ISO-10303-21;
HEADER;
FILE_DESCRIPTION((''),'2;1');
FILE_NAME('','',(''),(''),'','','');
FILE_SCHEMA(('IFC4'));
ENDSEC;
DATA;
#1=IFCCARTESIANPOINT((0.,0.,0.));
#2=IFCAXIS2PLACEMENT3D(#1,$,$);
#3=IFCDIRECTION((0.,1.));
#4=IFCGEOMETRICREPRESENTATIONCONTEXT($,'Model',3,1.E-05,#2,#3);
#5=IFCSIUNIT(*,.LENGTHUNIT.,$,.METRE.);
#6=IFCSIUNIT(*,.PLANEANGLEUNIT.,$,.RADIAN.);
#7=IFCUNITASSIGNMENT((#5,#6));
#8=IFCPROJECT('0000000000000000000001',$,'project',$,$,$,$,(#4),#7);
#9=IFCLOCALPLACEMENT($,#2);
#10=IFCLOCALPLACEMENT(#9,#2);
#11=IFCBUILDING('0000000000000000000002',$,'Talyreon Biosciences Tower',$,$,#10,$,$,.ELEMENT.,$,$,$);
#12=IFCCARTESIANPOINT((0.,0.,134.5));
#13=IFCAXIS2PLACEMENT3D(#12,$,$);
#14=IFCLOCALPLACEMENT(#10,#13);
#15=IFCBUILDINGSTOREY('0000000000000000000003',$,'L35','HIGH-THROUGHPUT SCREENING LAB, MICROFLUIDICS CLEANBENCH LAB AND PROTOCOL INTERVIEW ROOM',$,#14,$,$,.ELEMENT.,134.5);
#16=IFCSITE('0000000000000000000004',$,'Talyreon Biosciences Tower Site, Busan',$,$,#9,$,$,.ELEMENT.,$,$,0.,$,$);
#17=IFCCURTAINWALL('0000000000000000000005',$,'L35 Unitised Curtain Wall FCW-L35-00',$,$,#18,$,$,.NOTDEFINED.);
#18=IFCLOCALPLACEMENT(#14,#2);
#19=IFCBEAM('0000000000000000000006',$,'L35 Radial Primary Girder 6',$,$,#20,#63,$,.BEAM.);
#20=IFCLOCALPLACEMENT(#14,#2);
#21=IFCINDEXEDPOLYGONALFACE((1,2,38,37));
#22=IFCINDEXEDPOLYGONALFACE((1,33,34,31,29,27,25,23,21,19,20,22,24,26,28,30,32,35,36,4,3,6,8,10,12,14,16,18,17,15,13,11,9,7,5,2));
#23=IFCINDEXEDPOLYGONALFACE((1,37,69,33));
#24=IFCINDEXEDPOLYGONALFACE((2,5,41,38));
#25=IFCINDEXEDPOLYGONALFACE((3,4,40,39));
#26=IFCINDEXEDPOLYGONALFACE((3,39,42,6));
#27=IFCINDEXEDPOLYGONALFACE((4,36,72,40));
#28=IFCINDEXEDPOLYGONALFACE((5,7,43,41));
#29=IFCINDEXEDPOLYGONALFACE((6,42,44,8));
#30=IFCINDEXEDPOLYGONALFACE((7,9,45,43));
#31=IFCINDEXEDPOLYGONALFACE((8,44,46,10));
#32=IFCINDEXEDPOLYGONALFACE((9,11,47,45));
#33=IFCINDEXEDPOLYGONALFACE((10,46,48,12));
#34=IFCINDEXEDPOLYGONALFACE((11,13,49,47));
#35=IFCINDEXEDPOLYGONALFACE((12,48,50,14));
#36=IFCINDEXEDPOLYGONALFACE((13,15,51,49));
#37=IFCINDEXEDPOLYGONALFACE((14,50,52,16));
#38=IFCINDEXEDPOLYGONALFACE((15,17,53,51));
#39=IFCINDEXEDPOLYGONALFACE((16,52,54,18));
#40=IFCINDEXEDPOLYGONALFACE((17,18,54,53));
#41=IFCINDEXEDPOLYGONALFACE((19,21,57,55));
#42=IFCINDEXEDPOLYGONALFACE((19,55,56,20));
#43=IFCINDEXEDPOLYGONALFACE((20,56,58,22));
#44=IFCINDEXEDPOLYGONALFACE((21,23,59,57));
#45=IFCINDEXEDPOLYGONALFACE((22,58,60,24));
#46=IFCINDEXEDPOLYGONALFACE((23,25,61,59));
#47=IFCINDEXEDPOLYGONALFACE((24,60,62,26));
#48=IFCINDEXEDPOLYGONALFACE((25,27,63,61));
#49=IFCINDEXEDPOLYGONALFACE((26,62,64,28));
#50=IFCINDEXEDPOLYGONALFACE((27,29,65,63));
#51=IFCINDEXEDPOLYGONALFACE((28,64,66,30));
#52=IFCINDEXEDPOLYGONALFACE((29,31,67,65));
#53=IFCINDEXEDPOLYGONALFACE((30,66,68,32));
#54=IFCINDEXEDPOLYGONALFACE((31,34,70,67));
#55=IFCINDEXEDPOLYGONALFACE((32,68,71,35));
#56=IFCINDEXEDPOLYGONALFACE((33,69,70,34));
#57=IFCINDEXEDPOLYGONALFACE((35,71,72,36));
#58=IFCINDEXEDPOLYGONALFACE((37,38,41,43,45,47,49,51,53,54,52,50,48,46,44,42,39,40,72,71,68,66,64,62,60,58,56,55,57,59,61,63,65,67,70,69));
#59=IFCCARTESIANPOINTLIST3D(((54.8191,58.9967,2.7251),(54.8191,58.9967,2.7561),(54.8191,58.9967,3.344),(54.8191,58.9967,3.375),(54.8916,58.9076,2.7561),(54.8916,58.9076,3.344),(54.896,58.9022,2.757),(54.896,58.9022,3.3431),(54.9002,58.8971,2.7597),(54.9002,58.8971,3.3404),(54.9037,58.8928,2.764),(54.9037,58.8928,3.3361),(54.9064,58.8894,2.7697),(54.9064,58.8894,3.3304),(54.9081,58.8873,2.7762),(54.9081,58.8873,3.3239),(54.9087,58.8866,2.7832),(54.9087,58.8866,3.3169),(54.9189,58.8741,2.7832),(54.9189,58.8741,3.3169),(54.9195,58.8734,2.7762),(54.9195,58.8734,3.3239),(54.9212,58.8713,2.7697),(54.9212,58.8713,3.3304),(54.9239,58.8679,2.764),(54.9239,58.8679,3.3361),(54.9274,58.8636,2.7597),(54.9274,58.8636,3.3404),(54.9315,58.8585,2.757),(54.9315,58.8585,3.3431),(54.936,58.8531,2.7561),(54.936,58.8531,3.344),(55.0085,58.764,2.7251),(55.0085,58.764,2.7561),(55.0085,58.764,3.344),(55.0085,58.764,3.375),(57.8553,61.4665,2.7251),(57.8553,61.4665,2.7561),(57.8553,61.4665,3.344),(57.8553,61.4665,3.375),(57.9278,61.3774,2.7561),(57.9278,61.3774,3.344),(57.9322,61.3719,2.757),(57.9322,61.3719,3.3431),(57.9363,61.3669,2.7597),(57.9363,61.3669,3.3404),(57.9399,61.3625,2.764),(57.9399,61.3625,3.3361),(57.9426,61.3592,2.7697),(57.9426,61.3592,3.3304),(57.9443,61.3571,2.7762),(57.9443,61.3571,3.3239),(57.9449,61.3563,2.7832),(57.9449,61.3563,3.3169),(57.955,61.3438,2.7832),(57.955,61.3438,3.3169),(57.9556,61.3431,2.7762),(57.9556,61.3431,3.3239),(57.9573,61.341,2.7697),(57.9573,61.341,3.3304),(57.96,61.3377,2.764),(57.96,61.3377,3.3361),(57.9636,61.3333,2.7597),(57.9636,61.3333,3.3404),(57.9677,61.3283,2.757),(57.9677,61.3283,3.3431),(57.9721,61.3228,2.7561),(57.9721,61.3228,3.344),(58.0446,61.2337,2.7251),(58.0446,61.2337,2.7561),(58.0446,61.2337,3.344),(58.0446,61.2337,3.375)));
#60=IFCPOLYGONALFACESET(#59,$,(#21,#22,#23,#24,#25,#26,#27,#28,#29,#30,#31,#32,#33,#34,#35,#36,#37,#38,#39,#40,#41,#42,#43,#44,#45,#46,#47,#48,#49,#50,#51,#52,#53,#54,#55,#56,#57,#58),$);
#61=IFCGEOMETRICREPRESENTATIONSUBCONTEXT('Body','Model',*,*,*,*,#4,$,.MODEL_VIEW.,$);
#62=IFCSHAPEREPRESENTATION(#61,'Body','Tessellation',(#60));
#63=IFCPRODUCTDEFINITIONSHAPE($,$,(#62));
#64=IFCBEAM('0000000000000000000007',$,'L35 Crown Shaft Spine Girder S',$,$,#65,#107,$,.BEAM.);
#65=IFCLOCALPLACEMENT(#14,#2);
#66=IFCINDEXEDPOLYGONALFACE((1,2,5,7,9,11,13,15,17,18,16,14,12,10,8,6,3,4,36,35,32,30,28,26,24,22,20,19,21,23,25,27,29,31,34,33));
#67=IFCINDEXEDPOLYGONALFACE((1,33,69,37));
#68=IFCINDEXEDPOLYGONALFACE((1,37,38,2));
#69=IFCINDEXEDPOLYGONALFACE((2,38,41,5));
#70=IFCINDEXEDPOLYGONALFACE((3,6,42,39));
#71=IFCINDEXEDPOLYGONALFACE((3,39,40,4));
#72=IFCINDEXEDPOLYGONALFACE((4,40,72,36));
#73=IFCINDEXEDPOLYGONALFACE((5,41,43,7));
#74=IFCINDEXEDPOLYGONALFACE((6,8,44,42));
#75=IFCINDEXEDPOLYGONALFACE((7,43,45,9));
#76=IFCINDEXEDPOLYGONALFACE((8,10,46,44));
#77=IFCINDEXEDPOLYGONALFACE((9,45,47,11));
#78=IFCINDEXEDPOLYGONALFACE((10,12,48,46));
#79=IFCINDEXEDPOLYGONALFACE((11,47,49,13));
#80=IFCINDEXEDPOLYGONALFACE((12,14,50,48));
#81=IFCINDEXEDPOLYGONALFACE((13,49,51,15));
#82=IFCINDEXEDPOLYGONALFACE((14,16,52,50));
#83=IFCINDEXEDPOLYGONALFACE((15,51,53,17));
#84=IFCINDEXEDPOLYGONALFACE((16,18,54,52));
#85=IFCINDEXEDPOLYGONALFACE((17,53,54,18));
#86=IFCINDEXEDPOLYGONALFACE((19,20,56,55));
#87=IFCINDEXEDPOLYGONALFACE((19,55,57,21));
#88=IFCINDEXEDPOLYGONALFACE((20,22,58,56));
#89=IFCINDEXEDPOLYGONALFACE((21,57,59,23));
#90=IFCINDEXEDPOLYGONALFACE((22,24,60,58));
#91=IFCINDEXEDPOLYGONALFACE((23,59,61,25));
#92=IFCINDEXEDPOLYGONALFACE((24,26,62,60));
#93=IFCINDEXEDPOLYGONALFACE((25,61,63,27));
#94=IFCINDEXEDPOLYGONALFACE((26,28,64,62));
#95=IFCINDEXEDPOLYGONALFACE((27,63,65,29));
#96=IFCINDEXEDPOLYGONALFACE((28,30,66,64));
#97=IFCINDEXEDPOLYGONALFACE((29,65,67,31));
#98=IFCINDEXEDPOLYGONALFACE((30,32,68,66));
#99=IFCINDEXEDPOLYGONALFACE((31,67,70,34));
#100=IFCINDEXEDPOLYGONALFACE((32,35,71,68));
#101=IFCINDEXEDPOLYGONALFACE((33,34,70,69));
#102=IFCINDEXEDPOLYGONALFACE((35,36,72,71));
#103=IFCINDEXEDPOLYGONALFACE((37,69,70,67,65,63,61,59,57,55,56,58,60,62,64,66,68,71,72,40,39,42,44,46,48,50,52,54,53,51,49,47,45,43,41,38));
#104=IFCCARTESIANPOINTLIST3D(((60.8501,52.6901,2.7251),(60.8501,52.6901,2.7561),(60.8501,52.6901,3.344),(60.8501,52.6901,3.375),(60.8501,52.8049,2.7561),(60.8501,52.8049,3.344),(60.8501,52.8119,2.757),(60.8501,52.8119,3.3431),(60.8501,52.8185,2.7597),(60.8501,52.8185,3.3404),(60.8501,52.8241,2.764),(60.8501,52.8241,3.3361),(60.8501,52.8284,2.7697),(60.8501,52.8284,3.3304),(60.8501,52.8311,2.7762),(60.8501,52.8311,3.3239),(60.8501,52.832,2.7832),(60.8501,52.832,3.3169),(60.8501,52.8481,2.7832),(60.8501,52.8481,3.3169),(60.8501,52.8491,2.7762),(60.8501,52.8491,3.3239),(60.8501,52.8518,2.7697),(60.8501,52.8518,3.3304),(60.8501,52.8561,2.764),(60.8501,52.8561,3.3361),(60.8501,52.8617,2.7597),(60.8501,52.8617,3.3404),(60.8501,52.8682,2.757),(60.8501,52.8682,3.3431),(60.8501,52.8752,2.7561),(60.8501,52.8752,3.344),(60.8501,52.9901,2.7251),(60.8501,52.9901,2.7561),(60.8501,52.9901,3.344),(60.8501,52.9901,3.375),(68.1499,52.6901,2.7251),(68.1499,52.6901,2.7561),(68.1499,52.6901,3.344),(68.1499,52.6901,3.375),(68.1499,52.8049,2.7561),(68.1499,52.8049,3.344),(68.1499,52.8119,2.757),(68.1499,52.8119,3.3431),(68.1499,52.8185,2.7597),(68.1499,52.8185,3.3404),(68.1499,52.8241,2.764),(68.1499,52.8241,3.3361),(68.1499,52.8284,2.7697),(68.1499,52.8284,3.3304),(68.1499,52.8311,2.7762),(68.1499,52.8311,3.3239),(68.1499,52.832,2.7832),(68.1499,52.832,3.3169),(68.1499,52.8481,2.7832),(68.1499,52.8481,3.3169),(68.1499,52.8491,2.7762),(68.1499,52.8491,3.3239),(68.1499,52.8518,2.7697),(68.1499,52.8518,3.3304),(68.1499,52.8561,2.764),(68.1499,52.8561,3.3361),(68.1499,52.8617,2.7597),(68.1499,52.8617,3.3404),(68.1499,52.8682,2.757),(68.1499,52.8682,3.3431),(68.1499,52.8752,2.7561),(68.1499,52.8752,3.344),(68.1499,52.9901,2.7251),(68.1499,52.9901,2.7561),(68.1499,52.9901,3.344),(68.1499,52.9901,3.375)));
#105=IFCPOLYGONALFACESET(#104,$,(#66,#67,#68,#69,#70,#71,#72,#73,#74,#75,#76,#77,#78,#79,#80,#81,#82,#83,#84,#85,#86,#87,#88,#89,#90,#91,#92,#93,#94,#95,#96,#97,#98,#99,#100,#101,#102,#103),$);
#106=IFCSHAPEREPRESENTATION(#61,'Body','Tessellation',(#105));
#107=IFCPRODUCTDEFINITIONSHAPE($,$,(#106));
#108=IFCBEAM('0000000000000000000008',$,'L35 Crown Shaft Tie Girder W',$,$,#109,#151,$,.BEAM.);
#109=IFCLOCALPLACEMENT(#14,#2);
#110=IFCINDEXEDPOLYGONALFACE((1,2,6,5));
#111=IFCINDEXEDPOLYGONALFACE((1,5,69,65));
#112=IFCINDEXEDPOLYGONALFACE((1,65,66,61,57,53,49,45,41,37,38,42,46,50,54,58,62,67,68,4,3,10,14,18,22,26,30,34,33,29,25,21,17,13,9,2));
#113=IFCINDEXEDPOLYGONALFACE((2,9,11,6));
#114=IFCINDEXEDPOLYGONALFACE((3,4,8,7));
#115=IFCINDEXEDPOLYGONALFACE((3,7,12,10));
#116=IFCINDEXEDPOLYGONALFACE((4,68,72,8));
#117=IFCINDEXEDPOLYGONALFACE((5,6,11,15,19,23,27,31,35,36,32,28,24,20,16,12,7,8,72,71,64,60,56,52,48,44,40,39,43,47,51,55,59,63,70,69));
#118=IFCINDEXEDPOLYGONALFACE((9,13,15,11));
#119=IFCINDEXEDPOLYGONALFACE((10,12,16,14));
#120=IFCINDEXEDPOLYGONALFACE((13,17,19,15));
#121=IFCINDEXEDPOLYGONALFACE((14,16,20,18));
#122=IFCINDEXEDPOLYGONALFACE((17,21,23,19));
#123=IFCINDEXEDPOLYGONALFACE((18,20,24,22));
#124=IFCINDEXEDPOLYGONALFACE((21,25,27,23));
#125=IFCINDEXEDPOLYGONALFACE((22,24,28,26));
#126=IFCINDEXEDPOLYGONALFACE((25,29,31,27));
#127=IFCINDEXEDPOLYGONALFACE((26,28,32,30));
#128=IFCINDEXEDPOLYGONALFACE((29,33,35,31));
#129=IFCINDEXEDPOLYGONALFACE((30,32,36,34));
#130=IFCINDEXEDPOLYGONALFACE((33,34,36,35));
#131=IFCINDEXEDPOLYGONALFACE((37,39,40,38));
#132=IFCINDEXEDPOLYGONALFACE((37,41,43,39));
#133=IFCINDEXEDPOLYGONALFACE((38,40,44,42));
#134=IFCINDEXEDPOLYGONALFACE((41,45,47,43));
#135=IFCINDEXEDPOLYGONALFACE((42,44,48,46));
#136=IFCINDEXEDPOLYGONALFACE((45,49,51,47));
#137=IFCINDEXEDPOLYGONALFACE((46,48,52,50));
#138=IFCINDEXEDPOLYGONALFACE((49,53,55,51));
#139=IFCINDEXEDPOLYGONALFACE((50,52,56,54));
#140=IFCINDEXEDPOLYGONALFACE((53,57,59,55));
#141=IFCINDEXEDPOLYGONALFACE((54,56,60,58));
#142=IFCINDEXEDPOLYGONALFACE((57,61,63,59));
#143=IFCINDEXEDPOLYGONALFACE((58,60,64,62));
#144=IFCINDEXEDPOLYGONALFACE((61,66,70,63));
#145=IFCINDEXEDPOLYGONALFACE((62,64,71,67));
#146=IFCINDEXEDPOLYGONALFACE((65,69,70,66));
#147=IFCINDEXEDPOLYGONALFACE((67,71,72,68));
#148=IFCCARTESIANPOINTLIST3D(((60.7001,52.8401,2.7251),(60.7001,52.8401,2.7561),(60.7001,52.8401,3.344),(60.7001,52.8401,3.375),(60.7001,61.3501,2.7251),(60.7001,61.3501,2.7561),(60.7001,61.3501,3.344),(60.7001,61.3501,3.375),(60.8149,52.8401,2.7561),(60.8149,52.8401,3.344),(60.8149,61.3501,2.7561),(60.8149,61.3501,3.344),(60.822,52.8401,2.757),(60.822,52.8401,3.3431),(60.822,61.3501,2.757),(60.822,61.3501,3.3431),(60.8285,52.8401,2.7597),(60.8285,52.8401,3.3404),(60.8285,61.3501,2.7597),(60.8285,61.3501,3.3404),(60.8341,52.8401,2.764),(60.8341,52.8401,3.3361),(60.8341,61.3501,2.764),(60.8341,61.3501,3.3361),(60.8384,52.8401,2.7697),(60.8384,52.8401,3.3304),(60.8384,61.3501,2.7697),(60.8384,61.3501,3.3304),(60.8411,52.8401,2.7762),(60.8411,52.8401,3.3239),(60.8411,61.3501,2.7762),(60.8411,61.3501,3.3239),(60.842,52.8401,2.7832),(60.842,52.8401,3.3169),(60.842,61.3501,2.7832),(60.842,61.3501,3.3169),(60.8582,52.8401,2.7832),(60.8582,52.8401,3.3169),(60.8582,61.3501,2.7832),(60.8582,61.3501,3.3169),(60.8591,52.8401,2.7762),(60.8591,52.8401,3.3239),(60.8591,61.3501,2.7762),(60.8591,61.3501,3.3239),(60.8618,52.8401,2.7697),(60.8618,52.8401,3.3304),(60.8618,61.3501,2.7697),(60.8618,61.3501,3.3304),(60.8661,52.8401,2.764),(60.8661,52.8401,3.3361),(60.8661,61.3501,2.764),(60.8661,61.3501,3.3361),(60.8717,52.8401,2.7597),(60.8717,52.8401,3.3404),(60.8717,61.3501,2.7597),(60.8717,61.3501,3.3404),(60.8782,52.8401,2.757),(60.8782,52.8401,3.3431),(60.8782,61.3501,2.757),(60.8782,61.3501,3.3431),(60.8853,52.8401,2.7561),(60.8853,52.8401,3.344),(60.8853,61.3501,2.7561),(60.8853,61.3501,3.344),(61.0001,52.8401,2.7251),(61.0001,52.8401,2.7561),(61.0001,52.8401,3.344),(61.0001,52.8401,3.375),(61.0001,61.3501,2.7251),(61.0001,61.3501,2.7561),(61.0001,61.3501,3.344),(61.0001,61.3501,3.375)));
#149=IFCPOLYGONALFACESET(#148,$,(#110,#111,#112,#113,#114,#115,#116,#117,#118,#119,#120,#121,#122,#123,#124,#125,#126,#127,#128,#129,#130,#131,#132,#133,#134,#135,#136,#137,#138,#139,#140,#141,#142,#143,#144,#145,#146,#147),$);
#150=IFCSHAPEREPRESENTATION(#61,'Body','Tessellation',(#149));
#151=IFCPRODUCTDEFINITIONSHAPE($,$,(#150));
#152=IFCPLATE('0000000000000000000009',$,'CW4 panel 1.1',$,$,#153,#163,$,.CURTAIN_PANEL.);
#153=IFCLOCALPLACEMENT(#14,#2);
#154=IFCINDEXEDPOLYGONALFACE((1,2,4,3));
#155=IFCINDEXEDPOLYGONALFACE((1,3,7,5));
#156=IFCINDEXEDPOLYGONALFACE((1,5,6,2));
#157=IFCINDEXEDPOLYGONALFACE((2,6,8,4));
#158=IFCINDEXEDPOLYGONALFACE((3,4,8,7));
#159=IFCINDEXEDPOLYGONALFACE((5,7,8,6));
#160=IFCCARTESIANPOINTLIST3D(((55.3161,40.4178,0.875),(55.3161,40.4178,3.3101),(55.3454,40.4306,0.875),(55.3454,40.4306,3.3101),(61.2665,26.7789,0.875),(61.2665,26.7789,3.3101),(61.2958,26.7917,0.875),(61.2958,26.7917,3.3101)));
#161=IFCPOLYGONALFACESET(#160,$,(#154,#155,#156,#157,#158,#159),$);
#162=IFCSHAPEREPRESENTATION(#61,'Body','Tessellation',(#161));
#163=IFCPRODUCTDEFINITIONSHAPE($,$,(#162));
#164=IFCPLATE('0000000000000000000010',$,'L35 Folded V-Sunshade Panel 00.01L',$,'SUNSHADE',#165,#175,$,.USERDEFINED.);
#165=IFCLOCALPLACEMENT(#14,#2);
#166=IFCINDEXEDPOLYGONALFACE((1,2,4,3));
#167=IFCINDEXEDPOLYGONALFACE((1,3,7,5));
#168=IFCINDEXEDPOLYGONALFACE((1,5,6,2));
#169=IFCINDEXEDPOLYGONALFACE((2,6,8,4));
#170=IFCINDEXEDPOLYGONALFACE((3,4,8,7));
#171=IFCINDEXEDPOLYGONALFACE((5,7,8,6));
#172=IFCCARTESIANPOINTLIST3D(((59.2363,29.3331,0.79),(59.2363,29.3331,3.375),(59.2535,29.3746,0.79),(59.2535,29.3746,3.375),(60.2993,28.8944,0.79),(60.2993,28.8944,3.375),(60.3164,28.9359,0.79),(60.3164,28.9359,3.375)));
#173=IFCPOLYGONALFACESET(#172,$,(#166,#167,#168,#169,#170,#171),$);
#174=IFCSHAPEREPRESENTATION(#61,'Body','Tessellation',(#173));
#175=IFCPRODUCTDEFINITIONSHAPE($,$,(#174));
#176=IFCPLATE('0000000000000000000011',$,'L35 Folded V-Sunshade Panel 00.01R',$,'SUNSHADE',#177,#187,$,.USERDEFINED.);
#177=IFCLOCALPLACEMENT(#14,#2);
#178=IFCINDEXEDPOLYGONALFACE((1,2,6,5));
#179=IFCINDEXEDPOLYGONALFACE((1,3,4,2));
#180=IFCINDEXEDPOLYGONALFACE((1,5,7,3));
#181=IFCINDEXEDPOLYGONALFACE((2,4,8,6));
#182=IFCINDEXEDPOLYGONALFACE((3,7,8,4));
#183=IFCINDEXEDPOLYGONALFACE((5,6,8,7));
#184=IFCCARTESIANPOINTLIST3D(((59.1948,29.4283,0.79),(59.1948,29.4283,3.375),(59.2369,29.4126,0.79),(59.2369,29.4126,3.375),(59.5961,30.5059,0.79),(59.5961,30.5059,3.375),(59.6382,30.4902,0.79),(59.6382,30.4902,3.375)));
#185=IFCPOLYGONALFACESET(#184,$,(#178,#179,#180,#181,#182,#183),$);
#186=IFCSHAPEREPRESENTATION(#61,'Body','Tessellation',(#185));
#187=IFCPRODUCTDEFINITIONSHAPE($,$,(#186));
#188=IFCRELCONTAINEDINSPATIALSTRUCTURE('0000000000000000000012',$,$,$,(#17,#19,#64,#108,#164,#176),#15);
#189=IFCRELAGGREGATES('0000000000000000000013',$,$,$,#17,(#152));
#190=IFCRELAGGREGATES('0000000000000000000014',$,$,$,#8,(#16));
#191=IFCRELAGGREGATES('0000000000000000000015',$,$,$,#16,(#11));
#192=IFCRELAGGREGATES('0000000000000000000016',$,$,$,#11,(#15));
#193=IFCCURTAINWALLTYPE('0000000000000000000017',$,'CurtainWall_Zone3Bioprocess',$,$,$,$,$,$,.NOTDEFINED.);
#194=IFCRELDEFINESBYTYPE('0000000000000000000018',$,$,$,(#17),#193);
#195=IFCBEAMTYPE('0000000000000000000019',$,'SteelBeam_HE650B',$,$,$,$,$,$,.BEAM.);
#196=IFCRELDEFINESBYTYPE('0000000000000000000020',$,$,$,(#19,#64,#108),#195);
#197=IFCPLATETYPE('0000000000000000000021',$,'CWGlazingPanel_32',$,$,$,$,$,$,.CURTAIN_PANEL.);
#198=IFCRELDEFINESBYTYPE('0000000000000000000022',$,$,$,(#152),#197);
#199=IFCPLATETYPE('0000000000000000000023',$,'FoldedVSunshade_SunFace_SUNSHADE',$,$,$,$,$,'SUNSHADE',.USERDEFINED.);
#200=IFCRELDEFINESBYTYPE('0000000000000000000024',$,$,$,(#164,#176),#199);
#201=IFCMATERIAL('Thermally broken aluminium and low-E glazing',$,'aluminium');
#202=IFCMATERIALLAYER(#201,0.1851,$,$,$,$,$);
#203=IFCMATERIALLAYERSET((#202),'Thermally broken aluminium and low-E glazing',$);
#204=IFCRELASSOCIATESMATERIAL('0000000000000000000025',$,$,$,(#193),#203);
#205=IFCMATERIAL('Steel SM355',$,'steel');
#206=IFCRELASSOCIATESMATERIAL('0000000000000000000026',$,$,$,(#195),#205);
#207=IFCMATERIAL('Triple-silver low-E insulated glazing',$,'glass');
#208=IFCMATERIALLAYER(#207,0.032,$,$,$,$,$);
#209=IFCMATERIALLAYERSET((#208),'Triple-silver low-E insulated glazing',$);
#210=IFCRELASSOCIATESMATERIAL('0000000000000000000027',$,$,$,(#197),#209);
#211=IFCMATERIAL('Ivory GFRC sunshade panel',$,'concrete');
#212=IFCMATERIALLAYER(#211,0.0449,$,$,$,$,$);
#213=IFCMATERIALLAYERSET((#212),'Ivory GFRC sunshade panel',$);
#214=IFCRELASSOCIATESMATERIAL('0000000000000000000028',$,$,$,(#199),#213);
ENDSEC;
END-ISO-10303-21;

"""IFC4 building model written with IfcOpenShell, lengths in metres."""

from ifc_helpers import new_model, si_unit, direction, frame, origin, origin_2d, place, context, subcontext, project, spatial, rectangle, i_section, extrude, material, layer, layer_set, material_profile, profile_set, type_object, element, aggregate, save


model = new_model("IFC4")

# Units and contexts
model_context = context("Model", 3, precision=1e-05, world=origin(), true_north=direction((0.0, 1.0)))
body_context = subcontext(model_context, "Body", "Model", "MODEL_VIEW")
ifc_project = project(units=[si_unit("LENGTHUNIT", "METRE"), si_unit("PLANEANGLEUNIT", "RADIAN")], contexts=[model_context])

# Site, building, storey
site_placement = place(None, origin())
site = spatial("IfcSite", under=ifc_project, at=site_placement, Name="Talyreon Biosciences Tower Site, Busan", CompositionType="ELEMENT", RefElevation=0.0)
building_placement = place(site_placement, origin())
building = spatial("IfcBuilding", under=site, at=building_placement, Name="Talyreon Biosciences Tower", CompositionType="ELEMENT")
storey_placement = place(building_placement, frame((0.0, 0.0, 134.5)))
storey = spatial("IfcBuildingStorey", under=building, at=storey_placement, Name="L35", Description="HIGH-THROUGHPUT SCREENING LAB, MICROFLUIDICS CLEANBENCH LAB AND PROTOCOL INTERVIEW ROOM", CompositionType="ELEMENT", Elevation=134.5)

# Curtain wall
ifc_material_1 = material(Name="Thermally broken aluminium and low-E glazing", Category="aluminium")
ifc_layer_1 = layer(ifc_material_1, 0.1851)
ifc_layer_set_1 = layer_set([ifc_layer_1], Name="Thermally broken aluminium and low-E glazing")
curtain_wall_type = type_object("IfcCurtainWallType", Name="CurtainWall_Zone3Bioprocess", PredefinedType="NOTDEFINED", material=ifc_layer_set_1)
curtain_wall_placement = place(storey_placement, origin())
curtain_wall = element("IfcCurtainWall", 1, at=curtain_wall_placement, inside=storey, type_object=curtain_wall_type, Name="L35 Unitised Curtain Wall FCW-L35-00", PredefinedType="NOTDEFINED")

# Beams
ifc_material_2 = material(Name="Steel SM355", Category="steel")
ifc_material_profile_1 = material_profile(ifc_material_2, i_section(OverallWidth=0.3, OverallDepth=0.6499, WebThickness=0.0161, FlangeThickness=0.031, FilletRadius=0.0271, at=origin_2d()), Name="HE650B")
ifc_profile_set_1 = profile_set([ifc_material_profile_1], Name="Steel SM355")
beam_type_1 = type_object("IfcBeamType", Name="SteelBeam_HE650B", PredefinedType="BEAM", material=ifc_profile_set_1)
beam_1_placement = place(storey_placement, frame((57.95, 61.3501, 3.05), z_axis=(-0.775755, -0.631034, 0.0), x_axis=(0.631034, -0.775755, 0.0)))
element("IfcBeam", 2, at=beam_1_placement, inside=storey, type_object=beam_type_1, Name="L35 Radial Primary Girder 6", PredefinedType="BEAM", context=body_context, shape_type="SweptSolid", body=[
    extrude(i_section(OverallWidth=0.3, OverallDepth=0.6499, WebThickness=0.0161, FlangeThickness=0.031, FilletRadius=0.0271, at=origin_2d()), origin(), (0.0, 0.0, 1.0), 3.9138),
])
beam_2_placement = place(storey_placement, frame((60.8501, 52.8401, 3.05), z_axis=(1.0, 0.0, 0.0), x_axis=(0.0, 1.0, 0.0)))
element("IfcBeam", 3, at=beam_2_placement, inside=storey, type_object=beam_type_1, Name="L35 Crown Shaft Spine Girder S", PredefinedType="BEAM", context=body_context, shape_type="SweptSolid", body=[
    extrude(i_section(OverallWidth=0.3, OverallDepth=0.6499, WebThickness=0.0161, FlangeThickness=0.031, FilletRadius=0.0271, at=origin_2d()), origin(), (0.0, 0.0, 1.0), 7.2998),
])
beam_3_placement = place(storey_placement, frame((60.8501, 52.8401, 3.05), z_axis=(0.0, 1.0, 0.0), x_axis=(-1.0, 0.0, 0.0)))
element("IfcBeam", 4, at=beam_3_placement, inside=storey, type_object=beam_type_1, Name="L35 Crown Shaft Tie Girder W", PredefinedType="BEAM", context=body_context, shape_type="SweptSolid", body=[
    extrude(i_section(OverallWidth=0.3, OverallDepth=0.6499, WebThickness=0.0161, FlangeThickness=0.031, FilletRadius=0.0271, at=origin_2d()), origin(), (0.0, 0.0, 1.0), 8.51),
])

# Plate
ifc_material_3 = material(Name="Triple-silver low-E insulated glazing", Category="glass")
ifc_layer_2 = layer(ifc_material_3, 0.032)
ifc_layer_set_2 = layer_set([ifc_layer_2], Name="Triple-silver low-E insulated glazing")
plate_type_1 = type_object("IfcPlateType", Name="CWGlazingPanel_32", PredefinedType="CURTAIN_PANEL", material=ifc_layer_set_2)
plate_placement = place(storey_placement, frame((58.3059, 33.6047, 0.875), z_axis=(0.0, 0.0, 1.0), x_axis=(-0.399882, 0.916566, 0.0)))
plate = element("IfcPlate", 5, at=plate_placement, type_object=plate_type_1, Name="CW4 panel 1.1", PredefinedType="CURTAIN_PANEL", context=body_context, shape_type="SweptSolid", body=[
    extrude(rectangle(XDim=14.8804, YDim=0.032, at=origin_2d()), origin(), (0.0, 0.0, 1.0), 2.4351),
])
aggregate(curtain_wall, [plate])

# Plates
ifc_material_4 = material(Name="Ivory GFRC sunshade panel", Category="concrete")
ifc_layer_3 = layer(ifc_material_4, 0.0449)
ifc_layer_set_3 = layer_set([ifc_layer_3], Name="Ivory GFRC sunshade panel")
plate_type_2 = type_object("IfcPlateType", Name="FoldedVSunshade_SunFace_SUNSHADE", ElementType="SUNSHADE", PredefinedType="USERDEFINED", material=ifc_layer_set_3)
for number, where, z_axis, x_axis, name in (
    (6, (59.7764, 29.1345, 0.79), (0.0, 0.0, 1.0), (-0.924353, 0.381538, 0.0), "L35 Folded V-Sunshade Panel 00.01L"),
    (7, (59.4165, 29.9592, 0.79), (0.0, 0.0, 1.0), (0.349046, 0.937105, 0.0), "L35 Folded V-Sunshade Panel 00.01R"),
):
    element("IfcPlate", number, at=place(storey_placement, frame(where, z_axis=z_axis, x_axis=x_axis)), inside=storey, type_object=plate_type_2, Name=name, ObjectType="SUNSHADE", PredefinedType="USERDEFINED", context=body_context, shape_type="SweptSolid", body=[
        extrude(rectangle(XDim=1.1499, YDim=0.0449, at=origin_2d()), origin(), (0.0, 0.0, 1.0), 2.585),
    ])

save(model, "model.ifc")
